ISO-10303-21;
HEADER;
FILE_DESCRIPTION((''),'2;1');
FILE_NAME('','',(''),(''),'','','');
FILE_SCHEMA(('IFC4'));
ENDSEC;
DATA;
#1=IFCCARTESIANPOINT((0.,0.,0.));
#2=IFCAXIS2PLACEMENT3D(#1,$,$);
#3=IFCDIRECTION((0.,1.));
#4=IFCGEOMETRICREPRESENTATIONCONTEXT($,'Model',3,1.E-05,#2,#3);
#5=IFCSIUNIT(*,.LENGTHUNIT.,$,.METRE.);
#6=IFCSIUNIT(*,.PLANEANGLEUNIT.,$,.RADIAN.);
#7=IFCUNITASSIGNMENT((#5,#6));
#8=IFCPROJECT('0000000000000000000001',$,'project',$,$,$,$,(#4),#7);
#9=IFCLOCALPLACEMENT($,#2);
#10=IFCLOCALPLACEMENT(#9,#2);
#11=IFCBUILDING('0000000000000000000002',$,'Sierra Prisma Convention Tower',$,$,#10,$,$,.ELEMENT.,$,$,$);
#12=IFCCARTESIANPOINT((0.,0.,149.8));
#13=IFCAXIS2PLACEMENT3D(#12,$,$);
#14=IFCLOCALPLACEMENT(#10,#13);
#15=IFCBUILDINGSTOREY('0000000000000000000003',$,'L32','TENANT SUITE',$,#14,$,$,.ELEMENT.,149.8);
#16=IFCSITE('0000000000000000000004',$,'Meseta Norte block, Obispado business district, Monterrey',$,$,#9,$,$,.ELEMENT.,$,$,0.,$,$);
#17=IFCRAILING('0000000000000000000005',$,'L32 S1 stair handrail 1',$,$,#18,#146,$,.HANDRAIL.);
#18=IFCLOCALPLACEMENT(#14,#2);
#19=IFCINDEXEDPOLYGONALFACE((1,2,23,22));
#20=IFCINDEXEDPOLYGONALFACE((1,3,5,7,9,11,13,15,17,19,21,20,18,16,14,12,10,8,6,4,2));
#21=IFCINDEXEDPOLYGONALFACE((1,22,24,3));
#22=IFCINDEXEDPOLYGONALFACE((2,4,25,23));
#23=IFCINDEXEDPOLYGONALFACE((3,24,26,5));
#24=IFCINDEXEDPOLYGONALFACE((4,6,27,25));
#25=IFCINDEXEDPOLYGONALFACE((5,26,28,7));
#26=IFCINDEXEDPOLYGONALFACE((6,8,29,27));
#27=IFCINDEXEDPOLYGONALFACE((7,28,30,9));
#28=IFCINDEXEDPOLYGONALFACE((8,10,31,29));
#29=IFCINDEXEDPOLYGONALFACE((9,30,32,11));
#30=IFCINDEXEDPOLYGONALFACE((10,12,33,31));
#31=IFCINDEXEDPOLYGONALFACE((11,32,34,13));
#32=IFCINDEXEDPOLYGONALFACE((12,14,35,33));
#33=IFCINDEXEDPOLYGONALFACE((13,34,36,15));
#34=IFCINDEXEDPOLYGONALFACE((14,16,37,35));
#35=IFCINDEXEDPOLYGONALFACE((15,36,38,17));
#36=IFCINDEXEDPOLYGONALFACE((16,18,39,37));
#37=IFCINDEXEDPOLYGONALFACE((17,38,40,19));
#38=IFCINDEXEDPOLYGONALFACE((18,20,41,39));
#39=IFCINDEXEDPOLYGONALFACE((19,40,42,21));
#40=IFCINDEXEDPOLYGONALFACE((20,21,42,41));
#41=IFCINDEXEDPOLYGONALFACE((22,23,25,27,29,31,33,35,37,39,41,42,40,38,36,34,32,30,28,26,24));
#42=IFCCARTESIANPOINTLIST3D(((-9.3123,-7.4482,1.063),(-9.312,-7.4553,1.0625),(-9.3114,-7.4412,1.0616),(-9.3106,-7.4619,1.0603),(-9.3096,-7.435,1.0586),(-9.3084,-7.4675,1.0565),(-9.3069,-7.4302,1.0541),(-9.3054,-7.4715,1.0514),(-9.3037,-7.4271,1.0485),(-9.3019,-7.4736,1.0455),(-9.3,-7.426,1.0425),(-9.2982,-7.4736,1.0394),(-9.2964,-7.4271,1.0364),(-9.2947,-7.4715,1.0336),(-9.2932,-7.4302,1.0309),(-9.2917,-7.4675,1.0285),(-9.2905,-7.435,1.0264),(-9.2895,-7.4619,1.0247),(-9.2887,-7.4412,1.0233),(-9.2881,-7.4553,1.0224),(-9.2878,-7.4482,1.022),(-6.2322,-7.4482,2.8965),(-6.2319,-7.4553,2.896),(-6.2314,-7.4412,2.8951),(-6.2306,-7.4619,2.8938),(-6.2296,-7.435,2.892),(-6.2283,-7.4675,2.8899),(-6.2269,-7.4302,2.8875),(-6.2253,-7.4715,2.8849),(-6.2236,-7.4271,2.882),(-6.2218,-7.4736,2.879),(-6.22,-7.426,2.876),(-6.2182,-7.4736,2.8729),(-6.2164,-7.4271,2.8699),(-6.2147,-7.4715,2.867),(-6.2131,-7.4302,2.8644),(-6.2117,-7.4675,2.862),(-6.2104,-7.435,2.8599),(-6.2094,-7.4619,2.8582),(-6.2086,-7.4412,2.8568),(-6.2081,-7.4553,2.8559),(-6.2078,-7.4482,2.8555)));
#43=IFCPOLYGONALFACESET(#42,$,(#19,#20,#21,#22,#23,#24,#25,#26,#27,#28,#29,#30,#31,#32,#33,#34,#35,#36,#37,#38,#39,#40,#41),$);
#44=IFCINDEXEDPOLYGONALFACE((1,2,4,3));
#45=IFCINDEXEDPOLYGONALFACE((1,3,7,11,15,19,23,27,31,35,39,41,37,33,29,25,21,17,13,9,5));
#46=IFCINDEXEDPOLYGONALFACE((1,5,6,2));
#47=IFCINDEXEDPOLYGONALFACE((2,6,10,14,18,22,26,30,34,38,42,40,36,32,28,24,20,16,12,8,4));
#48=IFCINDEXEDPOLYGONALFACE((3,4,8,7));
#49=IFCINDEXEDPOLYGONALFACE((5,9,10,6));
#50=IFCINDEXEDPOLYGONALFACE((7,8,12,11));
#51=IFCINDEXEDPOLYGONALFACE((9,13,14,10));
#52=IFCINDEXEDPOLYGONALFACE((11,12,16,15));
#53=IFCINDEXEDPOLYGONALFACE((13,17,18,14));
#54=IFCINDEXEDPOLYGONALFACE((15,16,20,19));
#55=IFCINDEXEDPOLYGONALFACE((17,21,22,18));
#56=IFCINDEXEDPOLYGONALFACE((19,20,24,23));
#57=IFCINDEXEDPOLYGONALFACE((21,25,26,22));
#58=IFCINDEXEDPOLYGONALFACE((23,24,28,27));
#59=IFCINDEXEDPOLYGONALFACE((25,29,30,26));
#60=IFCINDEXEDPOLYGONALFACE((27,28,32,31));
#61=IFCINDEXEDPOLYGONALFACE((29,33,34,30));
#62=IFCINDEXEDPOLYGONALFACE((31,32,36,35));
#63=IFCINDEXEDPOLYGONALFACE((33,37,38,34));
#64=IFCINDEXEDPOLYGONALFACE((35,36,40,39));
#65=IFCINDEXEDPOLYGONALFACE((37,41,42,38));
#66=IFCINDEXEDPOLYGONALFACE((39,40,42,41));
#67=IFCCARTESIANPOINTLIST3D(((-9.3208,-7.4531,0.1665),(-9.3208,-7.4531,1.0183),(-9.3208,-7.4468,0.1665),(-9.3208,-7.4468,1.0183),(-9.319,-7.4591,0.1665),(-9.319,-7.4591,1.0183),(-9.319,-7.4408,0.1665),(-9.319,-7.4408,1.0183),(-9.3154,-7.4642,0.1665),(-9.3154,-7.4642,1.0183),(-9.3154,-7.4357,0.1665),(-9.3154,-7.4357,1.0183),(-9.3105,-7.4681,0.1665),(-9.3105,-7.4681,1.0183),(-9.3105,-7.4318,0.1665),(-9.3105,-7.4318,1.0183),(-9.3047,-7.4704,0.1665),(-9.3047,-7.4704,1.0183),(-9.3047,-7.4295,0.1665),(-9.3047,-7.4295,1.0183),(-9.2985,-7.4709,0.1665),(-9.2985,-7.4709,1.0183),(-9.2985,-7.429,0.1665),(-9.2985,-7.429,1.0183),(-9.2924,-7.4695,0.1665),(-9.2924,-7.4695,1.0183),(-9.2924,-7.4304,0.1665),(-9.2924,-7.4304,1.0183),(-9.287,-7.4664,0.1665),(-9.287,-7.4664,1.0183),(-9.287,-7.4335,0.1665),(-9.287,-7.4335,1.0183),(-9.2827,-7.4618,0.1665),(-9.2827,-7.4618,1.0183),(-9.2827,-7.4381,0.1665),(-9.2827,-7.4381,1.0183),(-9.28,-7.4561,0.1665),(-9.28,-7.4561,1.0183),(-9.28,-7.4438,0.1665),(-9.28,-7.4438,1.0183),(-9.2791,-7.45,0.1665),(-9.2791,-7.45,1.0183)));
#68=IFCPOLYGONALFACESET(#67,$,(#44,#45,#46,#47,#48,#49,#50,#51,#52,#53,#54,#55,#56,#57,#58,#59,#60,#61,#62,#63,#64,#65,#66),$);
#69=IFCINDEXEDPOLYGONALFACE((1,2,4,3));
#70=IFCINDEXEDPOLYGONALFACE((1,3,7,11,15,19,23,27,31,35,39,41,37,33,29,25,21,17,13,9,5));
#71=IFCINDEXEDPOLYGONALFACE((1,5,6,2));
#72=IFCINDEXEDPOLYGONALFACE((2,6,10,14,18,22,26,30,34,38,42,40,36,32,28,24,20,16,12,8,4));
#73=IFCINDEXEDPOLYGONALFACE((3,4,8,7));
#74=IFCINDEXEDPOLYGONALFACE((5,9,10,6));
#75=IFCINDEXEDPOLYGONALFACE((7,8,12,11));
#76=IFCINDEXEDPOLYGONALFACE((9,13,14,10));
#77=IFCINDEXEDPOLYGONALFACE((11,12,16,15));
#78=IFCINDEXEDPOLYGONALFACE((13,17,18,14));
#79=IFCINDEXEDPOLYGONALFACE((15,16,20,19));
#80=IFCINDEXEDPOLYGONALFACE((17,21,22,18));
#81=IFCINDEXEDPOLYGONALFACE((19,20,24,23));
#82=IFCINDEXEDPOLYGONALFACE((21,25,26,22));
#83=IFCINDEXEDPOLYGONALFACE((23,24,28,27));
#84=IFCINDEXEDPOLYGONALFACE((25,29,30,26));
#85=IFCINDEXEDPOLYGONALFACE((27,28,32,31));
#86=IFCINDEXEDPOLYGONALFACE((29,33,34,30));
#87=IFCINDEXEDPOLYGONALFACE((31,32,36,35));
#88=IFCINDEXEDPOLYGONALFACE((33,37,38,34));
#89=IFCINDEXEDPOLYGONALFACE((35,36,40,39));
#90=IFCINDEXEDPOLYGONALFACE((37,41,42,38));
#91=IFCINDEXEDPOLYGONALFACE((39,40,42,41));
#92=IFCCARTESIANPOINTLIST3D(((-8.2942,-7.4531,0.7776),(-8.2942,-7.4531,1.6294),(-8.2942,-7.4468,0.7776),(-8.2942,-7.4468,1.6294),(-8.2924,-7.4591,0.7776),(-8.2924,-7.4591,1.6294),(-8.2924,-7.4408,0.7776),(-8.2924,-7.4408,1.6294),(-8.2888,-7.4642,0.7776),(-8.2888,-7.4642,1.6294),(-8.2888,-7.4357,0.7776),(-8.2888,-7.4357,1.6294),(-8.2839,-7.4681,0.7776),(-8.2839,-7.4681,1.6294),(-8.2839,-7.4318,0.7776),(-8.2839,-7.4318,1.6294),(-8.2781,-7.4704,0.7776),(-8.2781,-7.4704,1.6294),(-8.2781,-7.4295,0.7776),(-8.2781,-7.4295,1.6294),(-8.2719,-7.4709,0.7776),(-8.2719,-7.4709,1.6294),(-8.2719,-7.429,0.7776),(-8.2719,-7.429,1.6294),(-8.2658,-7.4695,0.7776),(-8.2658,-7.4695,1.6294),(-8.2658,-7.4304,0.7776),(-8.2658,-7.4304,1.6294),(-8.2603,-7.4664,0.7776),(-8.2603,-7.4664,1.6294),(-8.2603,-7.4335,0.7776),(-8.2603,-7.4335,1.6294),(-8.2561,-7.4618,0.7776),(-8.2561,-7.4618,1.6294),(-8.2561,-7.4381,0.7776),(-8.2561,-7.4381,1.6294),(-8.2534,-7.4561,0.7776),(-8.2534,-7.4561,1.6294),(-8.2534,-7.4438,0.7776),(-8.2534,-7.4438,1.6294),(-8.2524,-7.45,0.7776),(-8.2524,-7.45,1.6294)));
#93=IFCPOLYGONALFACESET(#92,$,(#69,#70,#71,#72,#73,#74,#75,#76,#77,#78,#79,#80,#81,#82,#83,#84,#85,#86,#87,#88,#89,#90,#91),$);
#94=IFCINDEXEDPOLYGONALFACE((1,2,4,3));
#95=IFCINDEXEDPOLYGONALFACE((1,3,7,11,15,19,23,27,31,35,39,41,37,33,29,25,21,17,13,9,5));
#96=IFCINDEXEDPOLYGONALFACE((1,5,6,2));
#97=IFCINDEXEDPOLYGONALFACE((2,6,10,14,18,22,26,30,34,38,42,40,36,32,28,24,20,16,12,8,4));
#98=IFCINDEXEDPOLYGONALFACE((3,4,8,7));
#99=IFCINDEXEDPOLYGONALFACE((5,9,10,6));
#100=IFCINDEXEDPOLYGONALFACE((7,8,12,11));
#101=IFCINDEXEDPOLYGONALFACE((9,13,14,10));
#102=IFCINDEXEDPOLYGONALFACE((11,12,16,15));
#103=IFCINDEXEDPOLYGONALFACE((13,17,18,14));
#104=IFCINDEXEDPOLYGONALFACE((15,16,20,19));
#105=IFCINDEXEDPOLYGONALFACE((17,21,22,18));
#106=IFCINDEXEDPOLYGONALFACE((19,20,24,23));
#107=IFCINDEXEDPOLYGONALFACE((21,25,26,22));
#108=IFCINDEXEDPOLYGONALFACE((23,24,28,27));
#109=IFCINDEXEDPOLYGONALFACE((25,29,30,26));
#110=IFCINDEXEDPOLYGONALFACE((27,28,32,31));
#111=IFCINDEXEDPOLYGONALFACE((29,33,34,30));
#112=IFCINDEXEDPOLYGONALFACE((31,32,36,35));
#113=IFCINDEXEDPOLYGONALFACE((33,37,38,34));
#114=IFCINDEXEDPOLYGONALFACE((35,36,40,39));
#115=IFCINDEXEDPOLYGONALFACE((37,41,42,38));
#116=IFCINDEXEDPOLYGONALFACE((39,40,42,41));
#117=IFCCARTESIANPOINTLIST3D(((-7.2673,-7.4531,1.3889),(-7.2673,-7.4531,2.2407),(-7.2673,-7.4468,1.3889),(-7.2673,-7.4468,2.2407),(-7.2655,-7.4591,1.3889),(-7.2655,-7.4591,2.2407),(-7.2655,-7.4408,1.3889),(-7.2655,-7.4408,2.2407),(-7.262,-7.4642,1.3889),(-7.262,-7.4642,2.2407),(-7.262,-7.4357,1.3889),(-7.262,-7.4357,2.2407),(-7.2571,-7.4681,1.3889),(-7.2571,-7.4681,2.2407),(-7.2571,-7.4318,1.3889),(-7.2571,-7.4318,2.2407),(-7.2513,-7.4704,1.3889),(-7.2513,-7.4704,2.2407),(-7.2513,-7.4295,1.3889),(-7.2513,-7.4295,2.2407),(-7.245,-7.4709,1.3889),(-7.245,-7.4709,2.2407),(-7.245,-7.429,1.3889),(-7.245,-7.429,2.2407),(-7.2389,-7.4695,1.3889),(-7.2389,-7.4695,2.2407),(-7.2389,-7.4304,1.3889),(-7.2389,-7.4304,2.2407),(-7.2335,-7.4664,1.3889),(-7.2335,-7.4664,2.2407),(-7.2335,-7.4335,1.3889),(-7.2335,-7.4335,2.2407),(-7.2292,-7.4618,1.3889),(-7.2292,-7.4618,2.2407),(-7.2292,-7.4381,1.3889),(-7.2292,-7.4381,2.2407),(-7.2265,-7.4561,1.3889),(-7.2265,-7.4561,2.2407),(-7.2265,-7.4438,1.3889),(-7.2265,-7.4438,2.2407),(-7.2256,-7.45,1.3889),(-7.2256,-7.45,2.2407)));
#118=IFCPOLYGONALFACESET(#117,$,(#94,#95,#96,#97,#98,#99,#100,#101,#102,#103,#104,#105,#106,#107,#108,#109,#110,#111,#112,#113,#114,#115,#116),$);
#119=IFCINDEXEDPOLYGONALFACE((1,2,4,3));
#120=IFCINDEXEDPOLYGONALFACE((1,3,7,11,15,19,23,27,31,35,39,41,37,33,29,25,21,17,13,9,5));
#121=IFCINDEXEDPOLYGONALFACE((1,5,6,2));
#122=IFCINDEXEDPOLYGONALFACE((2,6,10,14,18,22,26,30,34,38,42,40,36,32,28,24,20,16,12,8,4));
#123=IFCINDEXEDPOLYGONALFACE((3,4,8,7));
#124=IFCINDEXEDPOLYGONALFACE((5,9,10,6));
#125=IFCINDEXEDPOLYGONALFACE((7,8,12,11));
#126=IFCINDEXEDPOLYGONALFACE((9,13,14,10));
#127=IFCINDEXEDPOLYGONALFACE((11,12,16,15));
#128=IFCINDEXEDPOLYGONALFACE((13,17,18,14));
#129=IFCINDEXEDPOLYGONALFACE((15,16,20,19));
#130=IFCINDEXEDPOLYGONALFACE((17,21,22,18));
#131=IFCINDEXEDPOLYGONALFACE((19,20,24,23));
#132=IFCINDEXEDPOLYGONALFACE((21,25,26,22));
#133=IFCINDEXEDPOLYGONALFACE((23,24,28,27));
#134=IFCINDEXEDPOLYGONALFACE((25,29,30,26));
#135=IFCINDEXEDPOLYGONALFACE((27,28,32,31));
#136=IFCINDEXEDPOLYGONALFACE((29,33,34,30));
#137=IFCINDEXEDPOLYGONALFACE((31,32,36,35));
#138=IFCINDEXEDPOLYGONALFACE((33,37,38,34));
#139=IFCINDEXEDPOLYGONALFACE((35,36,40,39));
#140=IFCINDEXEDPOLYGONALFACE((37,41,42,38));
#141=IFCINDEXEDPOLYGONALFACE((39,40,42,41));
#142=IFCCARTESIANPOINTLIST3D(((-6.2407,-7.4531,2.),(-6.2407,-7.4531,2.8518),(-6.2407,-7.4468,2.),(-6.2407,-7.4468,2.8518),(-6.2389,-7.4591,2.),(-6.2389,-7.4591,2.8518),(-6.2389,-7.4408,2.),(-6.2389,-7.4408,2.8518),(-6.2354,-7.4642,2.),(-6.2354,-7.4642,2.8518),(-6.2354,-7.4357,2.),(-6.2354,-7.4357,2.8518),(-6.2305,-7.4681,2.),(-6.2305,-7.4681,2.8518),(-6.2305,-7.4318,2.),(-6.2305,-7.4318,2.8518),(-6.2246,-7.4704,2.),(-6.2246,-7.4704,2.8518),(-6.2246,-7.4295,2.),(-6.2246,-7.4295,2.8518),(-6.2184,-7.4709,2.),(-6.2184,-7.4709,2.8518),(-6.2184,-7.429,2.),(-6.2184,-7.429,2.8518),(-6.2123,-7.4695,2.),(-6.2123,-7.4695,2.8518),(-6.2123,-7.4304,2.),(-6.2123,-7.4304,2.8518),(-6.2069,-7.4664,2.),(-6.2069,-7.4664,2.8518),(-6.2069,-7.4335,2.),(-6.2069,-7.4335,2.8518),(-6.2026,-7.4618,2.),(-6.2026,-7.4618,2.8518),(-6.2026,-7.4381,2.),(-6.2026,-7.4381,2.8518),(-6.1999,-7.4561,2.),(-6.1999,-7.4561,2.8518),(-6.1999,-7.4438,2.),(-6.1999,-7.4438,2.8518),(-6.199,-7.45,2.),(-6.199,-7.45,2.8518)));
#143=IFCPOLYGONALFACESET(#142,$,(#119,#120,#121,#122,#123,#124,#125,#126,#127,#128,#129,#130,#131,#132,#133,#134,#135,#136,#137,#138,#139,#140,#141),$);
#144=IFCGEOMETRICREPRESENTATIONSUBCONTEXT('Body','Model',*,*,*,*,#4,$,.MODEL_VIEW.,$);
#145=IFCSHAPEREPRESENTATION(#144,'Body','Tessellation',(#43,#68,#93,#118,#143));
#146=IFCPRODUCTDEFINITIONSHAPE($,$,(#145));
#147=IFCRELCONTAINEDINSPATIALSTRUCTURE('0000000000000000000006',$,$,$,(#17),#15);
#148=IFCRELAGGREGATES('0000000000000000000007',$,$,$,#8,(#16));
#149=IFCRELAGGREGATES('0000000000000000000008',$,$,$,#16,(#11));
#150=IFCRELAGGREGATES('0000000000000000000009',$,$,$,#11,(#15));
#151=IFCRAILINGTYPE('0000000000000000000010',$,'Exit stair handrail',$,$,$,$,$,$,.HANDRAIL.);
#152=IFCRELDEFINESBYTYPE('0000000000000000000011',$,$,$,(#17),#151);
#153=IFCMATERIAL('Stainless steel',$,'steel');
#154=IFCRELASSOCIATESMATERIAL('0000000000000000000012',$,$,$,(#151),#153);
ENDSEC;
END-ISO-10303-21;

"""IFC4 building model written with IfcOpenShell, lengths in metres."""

from ifc_helpers import new_model, si_unit, direction, frame, origin, origin_2d, place, context, subcontext, project, spatial, circle, extrude, material, type_object, element, save


model = new_model("IFC4")

# Units and contexts
model_context = context("Model", 3, precision=1e-05, world=origin(), true_north=direction((0.0, 1.0)))
body_context = subcontext(model_context, "Body", "Model", "MODEL_VIEW")
ifc_project = project(units=[si_unit("LENGTHUNIT", "METRE"), si_unit("PLANEANGLEUNIT", "RADIAN")], contexts=[model_context])

# Site, building, storey
site_placement = place(None, origin())
site = spatial("IfcSite", under=ifc_project, at=site_placement, Name="Meseta Norte block, Obispado business district, Monterrey", CompositionType="ELEMENT", RefElevation=0.0)
building_placement = place(site_placement, origin())
building = spatial("IfcBuilding", under=site, at=building_placement, Name="Sierra Prisma Convention Tower", CompositionType="ELEMENT")
storey_placement = place(building_placement, frame((0.0, 0.0, 149.8)))
storey = spatial("IfcBuildingStorey", under=building, at=storey_placement, Name="L32", Description="TENANT SUITE", CompositionType="ELEMENT", Elevation=149.8)

# Railing
ifc_material_1 = material(Name="Stainless steel", Category="steel")
railing_type_1 = type_object("IfcRailingType", Name="Exit stair handrail", PredefinedType="HANDRAIL", material=ifc_material_1)
railing_1_placement = place(storey_placement, frame((-9.3, -7.45, 0.1665)))
element("IfcRailing", 1, at=railing_1_placement, inside=storey, type_object=railing_type_1, Name="L32 S1 stair handrail 1", PredefinedType="HANDRAIL", context=body_context, shape_type="SweptSolid", body=[
    extrude(circle(Radius=0.0239, at=origin_2d()), frame((0.0, 0.0, 0.876), z_axis=(0.859279, 0.0, 0.511508), x_axis=(0.0, 1.0, 0.0)), (0.0, 0.0, 1.0), 3.5845),
    extrude(circle(Radius=0.021, at=origin_2d()), origin(), (0.0, 0.0, 1.0), 0.8518),
    extrude(circle(Radius=0.021, at=origin_2d()), frame((1.0266, 0.0, 0.6111)), (0.0, 0.0, 1.0), 0.8518),
    extrude(circle(Radius=0.021, at=origin_2d()), frame((2.0535, 0.0, 1.2224)), (0.0, 0.0, 1.0), 0.8518),
    extrude(circle(Radius=0.021, at=origin_2d()), frame((3.0801, 0.0, 1.8335)), (0.0, 0.0, 1.0), 0.8518),
])

save(model, "model.ifc")
